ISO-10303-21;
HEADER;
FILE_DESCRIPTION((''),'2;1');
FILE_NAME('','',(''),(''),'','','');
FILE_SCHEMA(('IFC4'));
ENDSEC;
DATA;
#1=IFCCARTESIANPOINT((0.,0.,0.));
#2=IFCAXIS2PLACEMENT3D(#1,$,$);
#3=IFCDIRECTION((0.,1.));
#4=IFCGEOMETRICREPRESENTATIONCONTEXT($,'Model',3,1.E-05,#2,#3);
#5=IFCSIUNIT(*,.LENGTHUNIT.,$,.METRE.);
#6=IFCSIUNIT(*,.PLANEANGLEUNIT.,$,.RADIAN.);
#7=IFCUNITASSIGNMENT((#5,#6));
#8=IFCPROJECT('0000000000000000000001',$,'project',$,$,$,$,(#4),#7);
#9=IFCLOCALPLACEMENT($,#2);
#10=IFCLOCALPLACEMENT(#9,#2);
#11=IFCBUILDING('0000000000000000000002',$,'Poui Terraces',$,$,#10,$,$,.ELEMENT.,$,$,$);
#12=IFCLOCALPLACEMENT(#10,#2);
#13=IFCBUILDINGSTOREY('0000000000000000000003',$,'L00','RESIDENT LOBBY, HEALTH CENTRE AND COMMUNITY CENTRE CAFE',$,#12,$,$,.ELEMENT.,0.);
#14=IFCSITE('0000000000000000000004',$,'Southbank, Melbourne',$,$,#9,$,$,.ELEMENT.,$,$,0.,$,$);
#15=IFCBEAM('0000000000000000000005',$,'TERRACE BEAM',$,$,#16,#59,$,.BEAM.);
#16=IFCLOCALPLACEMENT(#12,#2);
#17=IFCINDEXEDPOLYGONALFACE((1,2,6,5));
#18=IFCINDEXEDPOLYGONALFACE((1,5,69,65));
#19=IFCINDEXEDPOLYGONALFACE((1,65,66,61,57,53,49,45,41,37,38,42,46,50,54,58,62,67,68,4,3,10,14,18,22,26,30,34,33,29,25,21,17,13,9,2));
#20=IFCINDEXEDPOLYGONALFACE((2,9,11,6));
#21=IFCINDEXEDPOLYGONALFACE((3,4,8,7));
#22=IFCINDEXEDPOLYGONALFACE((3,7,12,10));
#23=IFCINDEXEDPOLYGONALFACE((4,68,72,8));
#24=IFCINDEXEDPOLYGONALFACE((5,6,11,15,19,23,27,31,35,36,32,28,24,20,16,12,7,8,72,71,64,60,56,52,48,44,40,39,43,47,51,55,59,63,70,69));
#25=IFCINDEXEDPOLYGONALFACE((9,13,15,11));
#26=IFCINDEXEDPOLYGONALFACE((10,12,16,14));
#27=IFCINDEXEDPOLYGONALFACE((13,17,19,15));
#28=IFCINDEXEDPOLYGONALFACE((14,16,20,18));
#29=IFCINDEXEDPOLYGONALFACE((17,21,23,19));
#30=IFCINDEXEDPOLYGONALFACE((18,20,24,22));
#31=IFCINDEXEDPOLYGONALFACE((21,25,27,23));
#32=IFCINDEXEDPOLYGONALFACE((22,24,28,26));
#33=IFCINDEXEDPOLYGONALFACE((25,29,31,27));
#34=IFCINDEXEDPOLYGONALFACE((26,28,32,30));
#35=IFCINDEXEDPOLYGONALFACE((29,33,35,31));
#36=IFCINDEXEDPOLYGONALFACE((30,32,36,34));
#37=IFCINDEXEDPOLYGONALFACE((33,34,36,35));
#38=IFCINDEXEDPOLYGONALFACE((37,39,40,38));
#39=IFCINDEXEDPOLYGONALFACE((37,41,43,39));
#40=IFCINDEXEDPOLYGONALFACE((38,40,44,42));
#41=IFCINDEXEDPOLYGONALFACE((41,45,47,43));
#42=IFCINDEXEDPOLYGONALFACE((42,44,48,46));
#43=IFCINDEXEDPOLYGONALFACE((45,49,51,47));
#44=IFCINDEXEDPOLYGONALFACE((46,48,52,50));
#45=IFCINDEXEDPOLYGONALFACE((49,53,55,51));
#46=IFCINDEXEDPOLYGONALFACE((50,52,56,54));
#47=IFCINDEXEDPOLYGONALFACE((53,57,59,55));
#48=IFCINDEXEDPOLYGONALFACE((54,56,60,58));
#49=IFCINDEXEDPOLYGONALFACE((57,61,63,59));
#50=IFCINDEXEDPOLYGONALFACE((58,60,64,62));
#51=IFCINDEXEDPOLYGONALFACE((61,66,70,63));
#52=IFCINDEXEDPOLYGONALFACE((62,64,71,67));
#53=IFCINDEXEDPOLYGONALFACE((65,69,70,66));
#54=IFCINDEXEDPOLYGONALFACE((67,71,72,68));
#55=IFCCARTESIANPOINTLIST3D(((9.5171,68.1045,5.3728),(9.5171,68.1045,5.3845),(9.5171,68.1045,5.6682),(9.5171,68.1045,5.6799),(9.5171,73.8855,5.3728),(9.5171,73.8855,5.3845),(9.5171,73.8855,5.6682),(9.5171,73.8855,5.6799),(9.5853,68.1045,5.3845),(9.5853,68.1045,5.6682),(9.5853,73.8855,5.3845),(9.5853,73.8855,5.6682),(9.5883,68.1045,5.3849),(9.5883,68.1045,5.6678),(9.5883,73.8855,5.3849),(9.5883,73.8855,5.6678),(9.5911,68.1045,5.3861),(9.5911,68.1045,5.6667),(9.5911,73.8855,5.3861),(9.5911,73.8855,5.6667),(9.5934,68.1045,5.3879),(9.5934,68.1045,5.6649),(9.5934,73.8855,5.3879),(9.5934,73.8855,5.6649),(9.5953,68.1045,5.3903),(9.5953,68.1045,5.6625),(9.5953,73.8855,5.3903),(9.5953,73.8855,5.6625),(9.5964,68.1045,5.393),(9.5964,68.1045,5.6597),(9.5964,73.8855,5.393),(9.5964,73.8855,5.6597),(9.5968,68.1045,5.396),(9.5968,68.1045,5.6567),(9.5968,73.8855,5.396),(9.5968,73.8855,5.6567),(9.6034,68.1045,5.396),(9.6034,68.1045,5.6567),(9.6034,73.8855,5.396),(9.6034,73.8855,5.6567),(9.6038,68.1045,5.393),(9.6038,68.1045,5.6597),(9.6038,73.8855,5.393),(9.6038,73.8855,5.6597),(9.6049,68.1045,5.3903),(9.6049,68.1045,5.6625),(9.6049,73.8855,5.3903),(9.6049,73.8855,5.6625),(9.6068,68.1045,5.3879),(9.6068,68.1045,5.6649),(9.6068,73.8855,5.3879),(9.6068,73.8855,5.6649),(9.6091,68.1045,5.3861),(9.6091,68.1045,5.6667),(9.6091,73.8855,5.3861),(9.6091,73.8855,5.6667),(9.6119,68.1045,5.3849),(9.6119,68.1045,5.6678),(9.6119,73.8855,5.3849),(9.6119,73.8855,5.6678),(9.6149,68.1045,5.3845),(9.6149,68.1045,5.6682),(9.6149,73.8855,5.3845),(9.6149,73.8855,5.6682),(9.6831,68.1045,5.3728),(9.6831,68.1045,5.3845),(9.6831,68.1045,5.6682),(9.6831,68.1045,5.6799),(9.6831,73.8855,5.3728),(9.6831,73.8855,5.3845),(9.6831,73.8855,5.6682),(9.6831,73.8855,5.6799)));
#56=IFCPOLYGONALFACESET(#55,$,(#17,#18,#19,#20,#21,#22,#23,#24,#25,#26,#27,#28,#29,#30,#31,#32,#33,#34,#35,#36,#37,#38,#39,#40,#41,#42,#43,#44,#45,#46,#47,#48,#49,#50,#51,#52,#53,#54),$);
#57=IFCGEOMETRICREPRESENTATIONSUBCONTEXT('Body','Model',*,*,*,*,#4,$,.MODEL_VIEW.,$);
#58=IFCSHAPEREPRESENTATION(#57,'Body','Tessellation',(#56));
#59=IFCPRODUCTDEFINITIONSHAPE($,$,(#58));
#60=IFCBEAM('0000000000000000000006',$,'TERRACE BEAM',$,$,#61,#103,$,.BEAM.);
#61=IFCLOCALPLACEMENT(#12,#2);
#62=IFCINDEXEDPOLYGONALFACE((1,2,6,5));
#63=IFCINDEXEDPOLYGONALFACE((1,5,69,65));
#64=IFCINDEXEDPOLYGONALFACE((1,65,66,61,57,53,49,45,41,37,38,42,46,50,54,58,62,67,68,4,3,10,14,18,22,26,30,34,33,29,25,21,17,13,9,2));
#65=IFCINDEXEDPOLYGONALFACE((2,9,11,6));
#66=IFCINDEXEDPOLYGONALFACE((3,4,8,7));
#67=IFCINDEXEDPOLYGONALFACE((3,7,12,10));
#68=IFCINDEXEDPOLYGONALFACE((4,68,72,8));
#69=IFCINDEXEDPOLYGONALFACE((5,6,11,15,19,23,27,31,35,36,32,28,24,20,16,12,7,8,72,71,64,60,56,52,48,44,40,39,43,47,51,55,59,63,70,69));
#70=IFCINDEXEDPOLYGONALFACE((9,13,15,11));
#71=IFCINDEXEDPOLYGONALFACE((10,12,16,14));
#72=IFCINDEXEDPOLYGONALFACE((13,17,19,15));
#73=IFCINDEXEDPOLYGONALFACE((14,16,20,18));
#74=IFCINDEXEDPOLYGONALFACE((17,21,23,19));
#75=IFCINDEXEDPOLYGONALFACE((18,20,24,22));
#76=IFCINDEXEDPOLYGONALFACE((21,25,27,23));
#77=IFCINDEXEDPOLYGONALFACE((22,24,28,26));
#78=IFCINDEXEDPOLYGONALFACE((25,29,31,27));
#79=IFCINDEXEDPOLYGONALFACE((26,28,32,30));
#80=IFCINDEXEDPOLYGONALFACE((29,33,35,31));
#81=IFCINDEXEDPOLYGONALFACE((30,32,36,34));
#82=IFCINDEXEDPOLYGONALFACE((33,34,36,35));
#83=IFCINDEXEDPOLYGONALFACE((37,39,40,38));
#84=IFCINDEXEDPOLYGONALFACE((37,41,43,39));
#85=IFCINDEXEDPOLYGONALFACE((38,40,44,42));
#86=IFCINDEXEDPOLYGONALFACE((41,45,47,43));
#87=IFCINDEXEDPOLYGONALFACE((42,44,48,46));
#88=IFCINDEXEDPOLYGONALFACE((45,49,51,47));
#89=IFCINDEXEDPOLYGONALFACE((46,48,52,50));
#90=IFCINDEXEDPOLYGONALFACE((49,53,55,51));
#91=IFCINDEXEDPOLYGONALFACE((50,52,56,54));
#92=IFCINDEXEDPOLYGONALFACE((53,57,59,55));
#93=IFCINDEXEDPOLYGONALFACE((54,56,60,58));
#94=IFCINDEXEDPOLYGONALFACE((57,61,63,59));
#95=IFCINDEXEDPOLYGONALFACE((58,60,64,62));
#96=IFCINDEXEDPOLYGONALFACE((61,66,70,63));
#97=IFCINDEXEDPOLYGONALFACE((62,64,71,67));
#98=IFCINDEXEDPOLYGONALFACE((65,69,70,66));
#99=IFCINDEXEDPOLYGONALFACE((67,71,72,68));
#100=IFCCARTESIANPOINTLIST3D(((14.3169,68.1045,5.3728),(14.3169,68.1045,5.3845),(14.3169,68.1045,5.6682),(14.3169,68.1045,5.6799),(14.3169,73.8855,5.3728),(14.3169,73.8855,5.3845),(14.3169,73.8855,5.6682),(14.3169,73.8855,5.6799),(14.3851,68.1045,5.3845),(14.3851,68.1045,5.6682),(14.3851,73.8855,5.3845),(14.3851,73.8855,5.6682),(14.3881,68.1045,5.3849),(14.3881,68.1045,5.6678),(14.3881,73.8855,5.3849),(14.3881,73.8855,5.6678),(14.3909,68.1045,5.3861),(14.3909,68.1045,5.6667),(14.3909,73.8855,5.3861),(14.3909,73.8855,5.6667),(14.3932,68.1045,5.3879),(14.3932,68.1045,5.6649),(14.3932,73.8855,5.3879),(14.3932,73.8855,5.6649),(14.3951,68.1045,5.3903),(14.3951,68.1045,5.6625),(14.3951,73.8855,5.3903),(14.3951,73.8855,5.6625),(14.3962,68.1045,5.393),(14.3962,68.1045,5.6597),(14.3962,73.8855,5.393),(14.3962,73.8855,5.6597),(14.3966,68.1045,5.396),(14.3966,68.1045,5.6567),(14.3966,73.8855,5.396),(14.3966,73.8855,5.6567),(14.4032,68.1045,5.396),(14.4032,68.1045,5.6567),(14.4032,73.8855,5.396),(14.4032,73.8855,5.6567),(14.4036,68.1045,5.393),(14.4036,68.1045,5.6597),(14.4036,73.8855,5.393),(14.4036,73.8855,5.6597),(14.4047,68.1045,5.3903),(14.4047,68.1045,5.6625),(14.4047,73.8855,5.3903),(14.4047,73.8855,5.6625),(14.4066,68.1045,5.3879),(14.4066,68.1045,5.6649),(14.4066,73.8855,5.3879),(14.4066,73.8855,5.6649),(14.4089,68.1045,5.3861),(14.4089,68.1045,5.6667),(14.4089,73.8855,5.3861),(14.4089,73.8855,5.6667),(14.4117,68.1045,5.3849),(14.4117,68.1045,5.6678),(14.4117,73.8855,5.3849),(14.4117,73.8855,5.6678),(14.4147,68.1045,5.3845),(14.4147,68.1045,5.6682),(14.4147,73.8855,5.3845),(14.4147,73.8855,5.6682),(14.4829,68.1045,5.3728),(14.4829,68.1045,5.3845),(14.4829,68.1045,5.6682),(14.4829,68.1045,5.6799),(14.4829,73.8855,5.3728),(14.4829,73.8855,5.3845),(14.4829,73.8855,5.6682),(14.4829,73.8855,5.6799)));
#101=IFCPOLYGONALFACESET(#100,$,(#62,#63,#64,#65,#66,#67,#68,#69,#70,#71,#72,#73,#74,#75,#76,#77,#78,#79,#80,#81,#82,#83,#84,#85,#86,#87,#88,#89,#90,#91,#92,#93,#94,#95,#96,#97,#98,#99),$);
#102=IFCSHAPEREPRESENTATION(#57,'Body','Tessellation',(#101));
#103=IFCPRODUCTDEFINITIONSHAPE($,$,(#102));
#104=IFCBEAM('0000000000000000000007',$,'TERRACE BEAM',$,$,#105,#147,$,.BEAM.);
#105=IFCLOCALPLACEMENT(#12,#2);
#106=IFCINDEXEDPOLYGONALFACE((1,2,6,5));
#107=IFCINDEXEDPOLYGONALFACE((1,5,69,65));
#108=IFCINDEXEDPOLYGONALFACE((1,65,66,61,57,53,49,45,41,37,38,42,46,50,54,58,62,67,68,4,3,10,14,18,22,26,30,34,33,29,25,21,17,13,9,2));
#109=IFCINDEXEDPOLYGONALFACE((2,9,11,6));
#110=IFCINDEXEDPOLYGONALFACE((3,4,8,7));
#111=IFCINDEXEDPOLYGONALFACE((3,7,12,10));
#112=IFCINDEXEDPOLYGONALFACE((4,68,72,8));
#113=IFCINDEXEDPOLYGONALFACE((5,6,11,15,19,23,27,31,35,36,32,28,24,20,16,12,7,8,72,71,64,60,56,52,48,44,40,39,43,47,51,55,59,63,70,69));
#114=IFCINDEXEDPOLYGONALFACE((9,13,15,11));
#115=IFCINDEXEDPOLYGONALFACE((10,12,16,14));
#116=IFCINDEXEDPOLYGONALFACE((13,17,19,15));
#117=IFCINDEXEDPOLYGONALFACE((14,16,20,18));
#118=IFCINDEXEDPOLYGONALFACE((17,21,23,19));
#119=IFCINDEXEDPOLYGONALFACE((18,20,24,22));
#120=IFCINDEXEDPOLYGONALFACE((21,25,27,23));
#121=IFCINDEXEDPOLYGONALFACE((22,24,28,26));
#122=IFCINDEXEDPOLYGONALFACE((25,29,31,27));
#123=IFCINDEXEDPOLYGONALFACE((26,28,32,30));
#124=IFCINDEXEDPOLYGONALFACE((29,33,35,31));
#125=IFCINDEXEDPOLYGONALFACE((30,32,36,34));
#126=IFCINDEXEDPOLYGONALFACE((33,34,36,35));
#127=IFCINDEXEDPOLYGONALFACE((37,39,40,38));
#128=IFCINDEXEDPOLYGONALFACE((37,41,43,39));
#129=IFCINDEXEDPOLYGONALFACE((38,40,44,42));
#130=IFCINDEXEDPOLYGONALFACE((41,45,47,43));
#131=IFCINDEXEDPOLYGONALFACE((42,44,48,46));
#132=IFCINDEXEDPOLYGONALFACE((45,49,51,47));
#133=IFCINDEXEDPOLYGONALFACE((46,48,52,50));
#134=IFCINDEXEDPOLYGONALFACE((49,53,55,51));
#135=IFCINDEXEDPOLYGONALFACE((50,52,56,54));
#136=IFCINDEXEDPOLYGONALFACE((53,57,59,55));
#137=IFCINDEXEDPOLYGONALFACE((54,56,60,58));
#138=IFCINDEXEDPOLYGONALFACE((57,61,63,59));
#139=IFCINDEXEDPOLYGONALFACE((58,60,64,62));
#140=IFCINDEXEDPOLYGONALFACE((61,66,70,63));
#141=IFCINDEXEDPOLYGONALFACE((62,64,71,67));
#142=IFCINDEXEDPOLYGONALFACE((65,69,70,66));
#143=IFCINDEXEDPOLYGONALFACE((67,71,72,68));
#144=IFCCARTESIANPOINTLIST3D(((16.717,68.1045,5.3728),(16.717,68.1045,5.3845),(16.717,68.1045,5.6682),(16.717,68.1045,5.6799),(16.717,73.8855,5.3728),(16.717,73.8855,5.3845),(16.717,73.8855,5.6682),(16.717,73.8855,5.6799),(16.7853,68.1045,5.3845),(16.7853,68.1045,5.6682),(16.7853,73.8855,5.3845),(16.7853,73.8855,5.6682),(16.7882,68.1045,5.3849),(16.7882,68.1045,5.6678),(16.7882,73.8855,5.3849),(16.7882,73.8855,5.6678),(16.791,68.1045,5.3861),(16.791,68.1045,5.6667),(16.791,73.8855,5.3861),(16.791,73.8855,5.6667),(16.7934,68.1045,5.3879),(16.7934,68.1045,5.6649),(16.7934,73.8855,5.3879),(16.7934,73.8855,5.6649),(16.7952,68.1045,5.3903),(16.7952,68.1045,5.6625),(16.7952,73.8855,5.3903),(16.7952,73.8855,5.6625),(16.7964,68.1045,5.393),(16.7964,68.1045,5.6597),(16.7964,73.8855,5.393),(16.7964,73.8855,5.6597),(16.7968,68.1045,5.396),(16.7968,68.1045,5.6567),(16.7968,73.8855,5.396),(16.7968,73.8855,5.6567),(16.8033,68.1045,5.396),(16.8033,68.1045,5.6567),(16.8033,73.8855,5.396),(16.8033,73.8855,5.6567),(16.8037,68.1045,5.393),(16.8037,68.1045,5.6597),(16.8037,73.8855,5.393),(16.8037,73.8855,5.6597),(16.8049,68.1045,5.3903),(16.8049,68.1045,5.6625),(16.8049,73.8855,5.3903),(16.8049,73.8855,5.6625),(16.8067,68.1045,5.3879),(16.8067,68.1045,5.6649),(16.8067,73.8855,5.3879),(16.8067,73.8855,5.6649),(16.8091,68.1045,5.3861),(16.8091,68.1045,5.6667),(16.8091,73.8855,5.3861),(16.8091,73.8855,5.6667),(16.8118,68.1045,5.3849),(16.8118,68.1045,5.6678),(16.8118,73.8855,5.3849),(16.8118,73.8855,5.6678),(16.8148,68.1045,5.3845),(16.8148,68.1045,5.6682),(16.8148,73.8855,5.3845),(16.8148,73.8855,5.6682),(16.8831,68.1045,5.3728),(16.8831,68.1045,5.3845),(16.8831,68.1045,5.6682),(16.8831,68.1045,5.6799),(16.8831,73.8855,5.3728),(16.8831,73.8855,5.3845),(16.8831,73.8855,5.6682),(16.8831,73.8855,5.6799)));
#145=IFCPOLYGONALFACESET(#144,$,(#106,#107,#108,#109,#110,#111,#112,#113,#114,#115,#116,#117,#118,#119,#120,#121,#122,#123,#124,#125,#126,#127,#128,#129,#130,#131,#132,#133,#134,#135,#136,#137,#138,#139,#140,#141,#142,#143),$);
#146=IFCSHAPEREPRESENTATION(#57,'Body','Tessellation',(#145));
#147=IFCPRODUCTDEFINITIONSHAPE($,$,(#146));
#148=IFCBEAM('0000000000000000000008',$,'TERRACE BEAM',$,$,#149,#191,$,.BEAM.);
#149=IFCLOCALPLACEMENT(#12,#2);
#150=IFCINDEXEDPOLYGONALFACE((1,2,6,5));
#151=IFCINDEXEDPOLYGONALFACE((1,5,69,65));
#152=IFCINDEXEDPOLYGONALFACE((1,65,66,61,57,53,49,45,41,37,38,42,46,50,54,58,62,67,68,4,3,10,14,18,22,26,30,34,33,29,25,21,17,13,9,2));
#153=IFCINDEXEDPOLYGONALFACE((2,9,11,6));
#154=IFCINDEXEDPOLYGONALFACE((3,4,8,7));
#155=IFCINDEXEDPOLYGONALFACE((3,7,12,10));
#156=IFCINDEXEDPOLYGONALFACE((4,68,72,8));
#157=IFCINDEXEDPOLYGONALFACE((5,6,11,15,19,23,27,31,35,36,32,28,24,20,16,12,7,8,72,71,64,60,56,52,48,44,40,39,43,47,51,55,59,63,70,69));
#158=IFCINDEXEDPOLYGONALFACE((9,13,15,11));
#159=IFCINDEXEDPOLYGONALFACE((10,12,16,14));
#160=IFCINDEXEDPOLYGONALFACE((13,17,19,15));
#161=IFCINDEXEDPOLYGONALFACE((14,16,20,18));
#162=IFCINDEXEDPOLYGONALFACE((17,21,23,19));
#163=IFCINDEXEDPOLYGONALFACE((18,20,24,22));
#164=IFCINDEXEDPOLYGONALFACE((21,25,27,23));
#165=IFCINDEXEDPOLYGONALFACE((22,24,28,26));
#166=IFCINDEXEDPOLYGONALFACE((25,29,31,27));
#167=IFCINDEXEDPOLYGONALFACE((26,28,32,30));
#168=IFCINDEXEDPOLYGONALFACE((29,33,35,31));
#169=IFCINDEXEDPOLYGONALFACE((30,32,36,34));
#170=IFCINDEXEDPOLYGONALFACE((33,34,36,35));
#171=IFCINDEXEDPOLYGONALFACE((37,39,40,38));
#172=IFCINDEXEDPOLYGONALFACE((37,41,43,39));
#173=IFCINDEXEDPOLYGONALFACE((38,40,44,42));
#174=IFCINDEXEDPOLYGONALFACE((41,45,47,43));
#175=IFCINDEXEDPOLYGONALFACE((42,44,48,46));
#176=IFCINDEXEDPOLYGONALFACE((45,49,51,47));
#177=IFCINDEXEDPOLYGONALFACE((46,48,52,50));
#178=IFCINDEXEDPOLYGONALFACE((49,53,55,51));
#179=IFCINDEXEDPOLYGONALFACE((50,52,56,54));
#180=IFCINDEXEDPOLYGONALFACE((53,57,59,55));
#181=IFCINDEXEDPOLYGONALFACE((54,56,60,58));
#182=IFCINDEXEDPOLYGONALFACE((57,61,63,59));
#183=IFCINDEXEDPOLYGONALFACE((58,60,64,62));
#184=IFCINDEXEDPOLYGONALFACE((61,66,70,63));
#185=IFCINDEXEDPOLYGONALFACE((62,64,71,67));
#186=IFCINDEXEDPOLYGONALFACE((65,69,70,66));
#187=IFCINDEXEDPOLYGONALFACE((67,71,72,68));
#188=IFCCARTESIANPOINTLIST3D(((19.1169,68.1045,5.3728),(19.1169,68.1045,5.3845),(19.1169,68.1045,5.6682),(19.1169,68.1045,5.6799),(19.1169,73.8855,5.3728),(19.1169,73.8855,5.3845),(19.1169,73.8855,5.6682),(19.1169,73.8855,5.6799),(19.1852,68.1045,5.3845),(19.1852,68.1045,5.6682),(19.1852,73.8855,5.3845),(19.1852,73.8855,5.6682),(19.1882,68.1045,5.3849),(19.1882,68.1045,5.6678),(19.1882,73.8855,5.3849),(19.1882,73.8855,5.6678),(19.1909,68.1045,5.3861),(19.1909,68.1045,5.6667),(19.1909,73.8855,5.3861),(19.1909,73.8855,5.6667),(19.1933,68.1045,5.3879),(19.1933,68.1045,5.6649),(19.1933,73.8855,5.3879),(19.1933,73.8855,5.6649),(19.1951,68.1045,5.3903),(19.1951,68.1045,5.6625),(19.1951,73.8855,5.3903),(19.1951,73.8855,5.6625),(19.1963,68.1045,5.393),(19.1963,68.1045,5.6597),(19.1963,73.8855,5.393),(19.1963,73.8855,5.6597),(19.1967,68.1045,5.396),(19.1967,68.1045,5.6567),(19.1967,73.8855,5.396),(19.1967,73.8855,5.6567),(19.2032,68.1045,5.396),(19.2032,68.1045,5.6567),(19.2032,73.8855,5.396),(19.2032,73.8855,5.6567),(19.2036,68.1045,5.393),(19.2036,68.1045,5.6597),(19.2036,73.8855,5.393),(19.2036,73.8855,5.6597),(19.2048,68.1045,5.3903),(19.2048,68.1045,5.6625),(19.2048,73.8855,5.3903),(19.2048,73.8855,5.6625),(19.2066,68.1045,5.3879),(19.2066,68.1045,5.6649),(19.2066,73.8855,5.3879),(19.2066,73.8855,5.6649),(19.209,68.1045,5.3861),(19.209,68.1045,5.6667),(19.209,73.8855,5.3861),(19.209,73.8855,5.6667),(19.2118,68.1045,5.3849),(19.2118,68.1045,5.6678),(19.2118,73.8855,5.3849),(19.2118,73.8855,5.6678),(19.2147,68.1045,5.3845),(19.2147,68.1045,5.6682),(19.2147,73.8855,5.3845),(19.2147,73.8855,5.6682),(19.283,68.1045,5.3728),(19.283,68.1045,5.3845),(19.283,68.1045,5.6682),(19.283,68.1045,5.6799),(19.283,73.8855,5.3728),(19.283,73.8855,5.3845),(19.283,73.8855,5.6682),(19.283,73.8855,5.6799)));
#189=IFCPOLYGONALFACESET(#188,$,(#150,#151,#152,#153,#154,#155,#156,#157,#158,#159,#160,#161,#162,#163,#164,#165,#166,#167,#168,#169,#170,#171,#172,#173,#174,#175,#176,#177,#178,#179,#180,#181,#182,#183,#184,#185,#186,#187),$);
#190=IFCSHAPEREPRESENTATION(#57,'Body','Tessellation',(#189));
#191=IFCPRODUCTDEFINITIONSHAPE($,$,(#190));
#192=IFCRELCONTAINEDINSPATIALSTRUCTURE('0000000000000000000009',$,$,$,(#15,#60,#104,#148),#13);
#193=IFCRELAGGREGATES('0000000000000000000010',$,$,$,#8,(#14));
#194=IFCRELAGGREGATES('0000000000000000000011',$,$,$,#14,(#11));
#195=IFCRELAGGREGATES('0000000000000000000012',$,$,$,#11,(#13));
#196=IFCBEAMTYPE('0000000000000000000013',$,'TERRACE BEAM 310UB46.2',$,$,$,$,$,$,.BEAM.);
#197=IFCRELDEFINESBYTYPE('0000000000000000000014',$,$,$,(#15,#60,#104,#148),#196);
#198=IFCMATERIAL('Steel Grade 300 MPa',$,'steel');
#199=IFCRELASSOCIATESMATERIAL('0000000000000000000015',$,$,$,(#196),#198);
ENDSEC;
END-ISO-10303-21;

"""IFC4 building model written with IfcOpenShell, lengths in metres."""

from ifc_helpers import new_model, si_unit, direction, frame, origin, origin_2d, place, context, subcontext, project, spatial, i_section, extrude, source, transform, mapped, material, material_profile, profile_set, type_object, element, save


model = new_model("IFC4")

# Units and contexts
model_context = context("Model", 3, precision=1e-05, world=origin(), true_north=direction((0.0, 1.0)))
body_context = subcontext(model_context, "Body", "Model", "MODEL_VIEW")
ifc_project = project(units=[si_unit("LENGTHUNIT", "METRE"), si_unit("PLANEANGLEUNIT", "RADIAN")], contexts=[model_context])

# Site, building, storey
site_placement = place(None, origin())
site = spatial("IfcSite", under=ifc_project, at=site_placement, Name="Southbank, Melbourne", CompositionType="ELEMENT", RefElevation=0.0)
building_placement = place(site_placement, origin())
building = spatial("IfcBuilding", under=site, at=building_placement, Name="Poui Terraces", CompositionType="ELEMENT")
storey_placement = place(building_placement, origin())
storey = spatial("IfcBuildingStorey", under=building, at=storey_placement, Name="L00", Description="RESIDENT LOBBY, HEALTH CENTRE AND COMMUNITY CENTRE CAFE", CompositionType="ELEMENT", Elevation=0.0)

# Beams
ifc_material_1 = material(Name="Steel Grade 300 MPa", Category="steel")
ifc_material_profile_1 = material_profile(ifc_material_1, i_section(OverallWidth=0.166, OverallDepth=0.3071, WebThickness=0.0066, FlangeThickness=0.0117, FilletRadius=0.0115, at=origin_2d()), Name="310UB46.2")
ifc_profile_set_1 = profile_set([ifc_material_profile_1], Name="Steel Grade 300 MPa")
beam_type_1 = type_object("IfcBeamType", Name="TERRACE BEAM 310UB46.2", PredefinedType="BEAM", material=ifc_profile_set_1)
shared_shape_1 = source(origin(), body_context, "Body", "SweptSolid", [
    extrude(i_section(OverallWidth=0.166, OverallDepth=0.3071, WebThickness=0.0066, FlangeThickness=0.0117, FilletRadius=0.0115, at=origin_2d()), origin(), (0.0, 0.0, 1.0), 5.781),
])
for number, where, z_axis, x_axis, name in (
    (1, (9.6001, 68.1045, 5.5264), (0.0, 1.0, 0.0), (-1.0, 0.0, 0.0), "TERRACE BEAM"),
    (2, (14.3999, 68.1045, 5.5264), (0.0, 1.0, 0.0), (-1.0, 0.0, 0.0), "TERRACE BEAM"),
    (3, (16.8, 68.1045, 5.5264), (0.0, 1.0, 0.0), (-1.0, 0.0, 0.0), "TERRACE BEAM"),
    (4, (19.2, 68.1045, 5.5264), (0.0, 1.0, 0.0), (-1.0, 0.0, 0.0), "TERRACE BEAM"),
):
    element("IfcBeam", number, at=place(storey_placement, frame(where, z_axis=z_axis, x_axis=x_axis)), inside=storey, type_object=beam_type_1, Name=name, PredefinedType="BEAM", context=body_context, shape_type="MappedRepresentation", body=[
        mapped(shared_shape_1, transform((0.0, 0.0, 0.0))),
    ])

save(model, "model.ifc")
